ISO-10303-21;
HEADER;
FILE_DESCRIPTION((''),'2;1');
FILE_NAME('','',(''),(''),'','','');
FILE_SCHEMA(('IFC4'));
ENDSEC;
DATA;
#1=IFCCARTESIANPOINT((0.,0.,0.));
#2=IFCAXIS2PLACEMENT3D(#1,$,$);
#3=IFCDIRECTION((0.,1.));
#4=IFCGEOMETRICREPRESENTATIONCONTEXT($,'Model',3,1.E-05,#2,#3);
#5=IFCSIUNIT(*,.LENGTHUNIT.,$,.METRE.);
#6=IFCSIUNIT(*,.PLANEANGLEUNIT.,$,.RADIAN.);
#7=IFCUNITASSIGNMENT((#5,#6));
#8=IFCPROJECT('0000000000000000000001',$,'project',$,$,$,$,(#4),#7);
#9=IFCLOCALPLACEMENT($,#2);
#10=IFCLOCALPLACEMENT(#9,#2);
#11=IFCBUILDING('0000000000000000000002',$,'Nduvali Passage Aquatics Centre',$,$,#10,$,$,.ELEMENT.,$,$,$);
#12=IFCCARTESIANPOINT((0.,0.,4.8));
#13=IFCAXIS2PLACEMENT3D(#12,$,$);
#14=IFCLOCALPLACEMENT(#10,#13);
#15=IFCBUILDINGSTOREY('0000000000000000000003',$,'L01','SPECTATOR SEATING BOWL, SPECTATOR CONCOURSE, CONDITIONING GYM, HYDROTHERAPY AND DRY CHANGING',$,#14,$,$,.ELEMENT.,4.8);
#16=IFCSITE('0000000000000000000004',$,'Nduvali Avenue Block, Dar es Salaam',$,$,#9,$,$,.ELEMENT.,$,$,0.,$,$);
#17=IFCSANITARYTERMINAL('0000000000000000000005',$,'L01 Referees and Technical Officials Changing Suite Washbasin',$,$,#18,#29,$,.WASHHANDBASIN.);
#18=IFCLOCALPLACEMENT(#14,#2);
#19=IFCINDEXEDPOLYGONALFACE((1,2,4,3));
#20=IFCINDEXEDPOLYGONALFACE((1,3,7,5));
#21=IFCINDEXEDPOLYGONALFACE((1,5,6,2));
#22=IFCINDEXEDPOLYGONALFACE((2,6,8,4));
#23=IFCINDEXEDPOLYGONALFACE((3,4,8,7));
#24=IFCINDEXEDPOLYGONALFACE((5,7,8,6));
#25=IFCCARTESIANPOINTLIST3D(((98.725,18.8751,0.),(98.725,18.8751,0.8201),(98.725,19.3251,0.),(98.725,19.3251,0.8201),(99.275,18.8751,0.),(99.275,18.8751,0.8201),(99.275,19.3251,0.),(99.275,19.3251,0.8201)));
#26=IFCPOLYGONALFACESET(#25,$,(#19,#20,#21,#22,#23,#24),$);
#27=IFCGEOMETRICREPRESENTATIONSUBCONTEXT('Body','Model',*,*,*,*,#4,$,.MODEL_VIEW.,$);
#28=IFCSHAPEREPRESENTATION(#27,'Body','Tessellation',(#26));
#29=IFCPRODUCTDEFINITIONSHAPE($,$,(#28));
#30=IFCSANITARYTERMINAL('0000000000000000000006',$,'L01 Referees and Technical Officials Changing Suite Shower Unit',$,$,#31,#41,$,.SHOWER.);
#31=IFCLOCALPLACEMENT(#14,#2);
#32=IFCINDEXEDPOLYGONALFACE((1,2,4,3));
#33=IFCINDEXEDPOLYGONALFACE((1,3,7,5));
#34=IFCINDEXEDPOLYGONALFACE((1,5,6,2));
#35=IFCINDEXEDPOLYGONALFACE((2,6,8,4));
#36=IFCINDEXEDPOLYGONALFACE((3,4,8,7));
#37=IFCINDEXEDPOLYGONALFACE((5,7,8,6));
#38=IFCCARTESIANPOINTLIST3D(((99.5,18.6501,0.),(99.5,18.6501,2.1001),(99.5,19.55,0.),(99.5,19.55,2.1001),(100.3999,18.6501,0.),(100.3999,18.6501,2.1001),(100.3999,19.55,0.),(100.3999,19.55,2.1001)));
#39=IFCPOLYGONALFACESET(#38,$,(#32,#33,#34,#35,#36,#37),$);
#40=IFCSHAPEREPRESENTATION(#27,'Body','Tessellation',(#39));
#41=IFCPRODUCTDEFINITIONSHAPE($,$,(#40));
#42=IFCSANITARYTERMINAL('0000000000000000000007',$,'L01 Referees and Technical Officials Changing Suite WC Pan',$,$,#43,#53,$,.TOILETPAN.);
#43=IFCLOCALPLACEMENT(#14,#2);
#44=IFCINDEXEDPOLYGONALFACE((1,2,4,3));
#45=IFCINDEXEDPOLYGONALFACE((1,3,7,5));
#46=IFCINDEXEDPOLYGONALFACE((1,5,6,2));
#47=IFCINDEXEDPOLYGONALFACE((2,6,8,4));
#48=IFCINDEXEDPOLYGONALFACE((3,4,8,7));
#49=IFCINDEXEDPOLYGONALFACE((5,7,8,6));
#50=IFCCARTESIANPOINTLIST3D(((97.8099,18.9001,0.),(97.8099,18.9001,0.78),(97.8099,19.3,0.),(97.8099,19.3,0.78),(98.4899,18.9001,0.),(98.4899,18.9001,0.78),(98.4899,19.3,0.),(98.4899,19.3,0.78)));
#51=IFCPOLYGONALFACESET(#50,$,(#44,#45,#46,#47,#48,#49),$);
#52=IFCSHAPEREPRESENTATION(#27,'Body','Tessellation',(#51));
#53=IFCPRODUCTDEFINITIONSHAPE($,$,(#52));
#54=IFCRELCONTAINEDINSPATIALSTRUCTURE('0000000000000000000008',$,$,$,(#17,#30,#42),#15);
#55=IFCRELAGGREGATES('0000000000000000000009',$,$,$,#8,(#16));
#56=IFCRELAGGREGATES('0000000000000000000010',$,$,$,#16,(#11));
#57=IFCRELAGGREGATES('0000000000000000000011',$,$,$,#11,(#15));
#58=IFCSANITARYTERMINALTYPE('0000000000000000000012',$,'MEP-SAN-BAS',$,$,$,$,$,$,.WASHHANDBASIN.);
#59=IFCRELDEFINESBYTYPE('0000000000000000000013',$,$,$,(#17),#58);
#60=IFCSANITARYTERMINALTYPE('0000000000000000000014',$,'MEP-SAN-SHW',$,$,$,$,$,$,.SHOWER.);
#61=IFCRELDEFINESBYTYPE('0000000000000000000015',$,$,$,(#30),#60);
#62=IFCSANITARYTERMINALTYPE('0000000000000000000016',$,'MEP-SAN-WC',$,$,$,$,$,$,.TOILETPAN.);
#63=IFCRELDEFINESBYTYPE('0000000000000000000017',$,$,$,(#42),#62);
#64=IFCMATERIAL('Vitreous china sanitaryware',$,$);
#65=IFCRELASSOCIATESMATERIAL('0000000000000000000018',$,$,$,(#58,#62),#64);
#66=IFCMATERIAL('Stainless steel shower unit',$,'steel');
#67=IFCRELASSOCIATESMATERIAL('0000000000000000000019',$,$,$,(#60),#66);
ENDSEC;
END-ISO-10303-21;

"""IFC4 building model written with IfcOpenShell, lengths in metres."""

from ifc_helpers import new_model, si_unit, direction, frame, origin, origin_2d, place, context, subcontext, project, spatial, rectangle, extrude, material, type_object, element, save


model = new_model("IFC4")

# Units and contexts
model_context = context("Model", 3, precision=1e-05, world=origin(), true_north=direction((0.0, 1.0)))
body_context = subcontext(model_context, "Body", "Model", "MODEL_VIEW")
ifc_project = project(units=[si_unit("LENGTHUNIT", "METRE"), si_unit("PLANEANGLEUNIT", "RADIAN")], contexts=[model_context])

# Site, building, storey
site_placement = place(None, origin())
site = spatial("IfcSite", under=ifc_project, at=site_placement, Name="Nduvali Avenue Block, Dar es Salaam", CompositionType="ELEMENT", RefElevation=0.0)
building_placement = place(site_placement, origin())
building = spatial("IfcBuilding", under=site, at=building_placement, Name="Nduvali Passage Aquatics Centre", CompositionType="ELEMENT")
storey_placement = place(building_placement, frame((0.0, 0.0, 4.8)))
storey = spatial("IfcBuildingStorey", under=building, at=storey_placement, Name="L01", Description="SPECTATOR SEATING BOWL, SPECTATOR CONCOURSE, CONDITIONING GYM, HYDROTHERAPY AND DRY CHANGING", CompositionType="ELEMENT", Elevation=4.8)

# Sanitary terminals
ifc_material_1 = material(Name="Vitreous china sanitaryware")
sanitary_terminal_type_1 = type_object("IfcSanitaryTerminalType", Name="MEP-SAN-BAS", PredefinedType="WASHHANDBASIN", material=ifc_material_1)
sanitary_terminal_1_placement = place(storey_placement, frame((99.0, 19.1001, 0.0), z_axis=(0.0, 0.0, 1.0), x_axis=(1.0, 0.0, 0.0)))
element("IfcSanitaryTerminal", 1, at=sanitary_terminal_1_placement, inside=storey, type_object=sanitary_terminal_type_1, Name="L01 Referees and Technical Officials Changing Suite Washbasin", PredefinedType="WASHHANDBASIN", context=body_context, shape_type="SweptSolid", body=[
    extrude(rectangle(XDim=0.55, YDim=0.45, at=origin_2d()), origin(), (0.0, 0.0, 1.0), 0.8201),
])
ifc_material_2 = material(Name="Stainless steel shower unit", Category="steel")
sanitary_terminal_type_2 = type_object("IfcSanitaryTerminalType", Name="MEP-SAN-SHW", PredefinedType="SHOWER", material=ifc_material_2)
sanitary_terminal_2_placement = place(storey_placement, frame((99.95, 19.1001, 0.0), z_axis=(0.0, 0.0, 1.0), x_axis=(1.0, 0.0, 0.0)))
element("IfcSanitaryTerminal", 2, at=sanitary_terminal_2_placement, inside=storey, type_object=sanitary_terminal_type_2, Name="L01 Referees and Technical Officials Changing Suite Shower Unit", PredefinedType="SHOWER", context=body_context, shape_type="SweptSolid", body=[
    extrude(rectangle(XDim=0.8999, YDim=0.8999, at=origin_2d()), origin(), (0.0, 0.0, 1.0), 2.1001),
])
sanitary_terminal_type_3 = type_object("IfcSanitaryTerminalType", Name="MEP-SAN-WC", PredefinedType="TOILETPAN", material=ifc_material_1)
sanitary_terminal_3_placement = place(storey_placement, frame((98.1499, 19.1001, 0.0), z_axis=(0.0, 0.0, 1.0), x_axis=(1.0, 0.0, 0.0)))
element("IfcSanitaryTerminal", 3, at=sanitary_terminal_3_placement, inside=storey, type_object=sanitary_terminal_type_3, Name="L01 Referees and Technical Officials Changing Suite WC Pan", PredefinedType="TOILETPAN", context=body_context, shape_type="SweptSolid", body=[
    extrude(rectangle(XDim=0.6799, YDim=0.3999, at=origin_2d()), origin(), (0.0, 0.0, 1.0), 0.78),
])

save(model, "model.ifc")
